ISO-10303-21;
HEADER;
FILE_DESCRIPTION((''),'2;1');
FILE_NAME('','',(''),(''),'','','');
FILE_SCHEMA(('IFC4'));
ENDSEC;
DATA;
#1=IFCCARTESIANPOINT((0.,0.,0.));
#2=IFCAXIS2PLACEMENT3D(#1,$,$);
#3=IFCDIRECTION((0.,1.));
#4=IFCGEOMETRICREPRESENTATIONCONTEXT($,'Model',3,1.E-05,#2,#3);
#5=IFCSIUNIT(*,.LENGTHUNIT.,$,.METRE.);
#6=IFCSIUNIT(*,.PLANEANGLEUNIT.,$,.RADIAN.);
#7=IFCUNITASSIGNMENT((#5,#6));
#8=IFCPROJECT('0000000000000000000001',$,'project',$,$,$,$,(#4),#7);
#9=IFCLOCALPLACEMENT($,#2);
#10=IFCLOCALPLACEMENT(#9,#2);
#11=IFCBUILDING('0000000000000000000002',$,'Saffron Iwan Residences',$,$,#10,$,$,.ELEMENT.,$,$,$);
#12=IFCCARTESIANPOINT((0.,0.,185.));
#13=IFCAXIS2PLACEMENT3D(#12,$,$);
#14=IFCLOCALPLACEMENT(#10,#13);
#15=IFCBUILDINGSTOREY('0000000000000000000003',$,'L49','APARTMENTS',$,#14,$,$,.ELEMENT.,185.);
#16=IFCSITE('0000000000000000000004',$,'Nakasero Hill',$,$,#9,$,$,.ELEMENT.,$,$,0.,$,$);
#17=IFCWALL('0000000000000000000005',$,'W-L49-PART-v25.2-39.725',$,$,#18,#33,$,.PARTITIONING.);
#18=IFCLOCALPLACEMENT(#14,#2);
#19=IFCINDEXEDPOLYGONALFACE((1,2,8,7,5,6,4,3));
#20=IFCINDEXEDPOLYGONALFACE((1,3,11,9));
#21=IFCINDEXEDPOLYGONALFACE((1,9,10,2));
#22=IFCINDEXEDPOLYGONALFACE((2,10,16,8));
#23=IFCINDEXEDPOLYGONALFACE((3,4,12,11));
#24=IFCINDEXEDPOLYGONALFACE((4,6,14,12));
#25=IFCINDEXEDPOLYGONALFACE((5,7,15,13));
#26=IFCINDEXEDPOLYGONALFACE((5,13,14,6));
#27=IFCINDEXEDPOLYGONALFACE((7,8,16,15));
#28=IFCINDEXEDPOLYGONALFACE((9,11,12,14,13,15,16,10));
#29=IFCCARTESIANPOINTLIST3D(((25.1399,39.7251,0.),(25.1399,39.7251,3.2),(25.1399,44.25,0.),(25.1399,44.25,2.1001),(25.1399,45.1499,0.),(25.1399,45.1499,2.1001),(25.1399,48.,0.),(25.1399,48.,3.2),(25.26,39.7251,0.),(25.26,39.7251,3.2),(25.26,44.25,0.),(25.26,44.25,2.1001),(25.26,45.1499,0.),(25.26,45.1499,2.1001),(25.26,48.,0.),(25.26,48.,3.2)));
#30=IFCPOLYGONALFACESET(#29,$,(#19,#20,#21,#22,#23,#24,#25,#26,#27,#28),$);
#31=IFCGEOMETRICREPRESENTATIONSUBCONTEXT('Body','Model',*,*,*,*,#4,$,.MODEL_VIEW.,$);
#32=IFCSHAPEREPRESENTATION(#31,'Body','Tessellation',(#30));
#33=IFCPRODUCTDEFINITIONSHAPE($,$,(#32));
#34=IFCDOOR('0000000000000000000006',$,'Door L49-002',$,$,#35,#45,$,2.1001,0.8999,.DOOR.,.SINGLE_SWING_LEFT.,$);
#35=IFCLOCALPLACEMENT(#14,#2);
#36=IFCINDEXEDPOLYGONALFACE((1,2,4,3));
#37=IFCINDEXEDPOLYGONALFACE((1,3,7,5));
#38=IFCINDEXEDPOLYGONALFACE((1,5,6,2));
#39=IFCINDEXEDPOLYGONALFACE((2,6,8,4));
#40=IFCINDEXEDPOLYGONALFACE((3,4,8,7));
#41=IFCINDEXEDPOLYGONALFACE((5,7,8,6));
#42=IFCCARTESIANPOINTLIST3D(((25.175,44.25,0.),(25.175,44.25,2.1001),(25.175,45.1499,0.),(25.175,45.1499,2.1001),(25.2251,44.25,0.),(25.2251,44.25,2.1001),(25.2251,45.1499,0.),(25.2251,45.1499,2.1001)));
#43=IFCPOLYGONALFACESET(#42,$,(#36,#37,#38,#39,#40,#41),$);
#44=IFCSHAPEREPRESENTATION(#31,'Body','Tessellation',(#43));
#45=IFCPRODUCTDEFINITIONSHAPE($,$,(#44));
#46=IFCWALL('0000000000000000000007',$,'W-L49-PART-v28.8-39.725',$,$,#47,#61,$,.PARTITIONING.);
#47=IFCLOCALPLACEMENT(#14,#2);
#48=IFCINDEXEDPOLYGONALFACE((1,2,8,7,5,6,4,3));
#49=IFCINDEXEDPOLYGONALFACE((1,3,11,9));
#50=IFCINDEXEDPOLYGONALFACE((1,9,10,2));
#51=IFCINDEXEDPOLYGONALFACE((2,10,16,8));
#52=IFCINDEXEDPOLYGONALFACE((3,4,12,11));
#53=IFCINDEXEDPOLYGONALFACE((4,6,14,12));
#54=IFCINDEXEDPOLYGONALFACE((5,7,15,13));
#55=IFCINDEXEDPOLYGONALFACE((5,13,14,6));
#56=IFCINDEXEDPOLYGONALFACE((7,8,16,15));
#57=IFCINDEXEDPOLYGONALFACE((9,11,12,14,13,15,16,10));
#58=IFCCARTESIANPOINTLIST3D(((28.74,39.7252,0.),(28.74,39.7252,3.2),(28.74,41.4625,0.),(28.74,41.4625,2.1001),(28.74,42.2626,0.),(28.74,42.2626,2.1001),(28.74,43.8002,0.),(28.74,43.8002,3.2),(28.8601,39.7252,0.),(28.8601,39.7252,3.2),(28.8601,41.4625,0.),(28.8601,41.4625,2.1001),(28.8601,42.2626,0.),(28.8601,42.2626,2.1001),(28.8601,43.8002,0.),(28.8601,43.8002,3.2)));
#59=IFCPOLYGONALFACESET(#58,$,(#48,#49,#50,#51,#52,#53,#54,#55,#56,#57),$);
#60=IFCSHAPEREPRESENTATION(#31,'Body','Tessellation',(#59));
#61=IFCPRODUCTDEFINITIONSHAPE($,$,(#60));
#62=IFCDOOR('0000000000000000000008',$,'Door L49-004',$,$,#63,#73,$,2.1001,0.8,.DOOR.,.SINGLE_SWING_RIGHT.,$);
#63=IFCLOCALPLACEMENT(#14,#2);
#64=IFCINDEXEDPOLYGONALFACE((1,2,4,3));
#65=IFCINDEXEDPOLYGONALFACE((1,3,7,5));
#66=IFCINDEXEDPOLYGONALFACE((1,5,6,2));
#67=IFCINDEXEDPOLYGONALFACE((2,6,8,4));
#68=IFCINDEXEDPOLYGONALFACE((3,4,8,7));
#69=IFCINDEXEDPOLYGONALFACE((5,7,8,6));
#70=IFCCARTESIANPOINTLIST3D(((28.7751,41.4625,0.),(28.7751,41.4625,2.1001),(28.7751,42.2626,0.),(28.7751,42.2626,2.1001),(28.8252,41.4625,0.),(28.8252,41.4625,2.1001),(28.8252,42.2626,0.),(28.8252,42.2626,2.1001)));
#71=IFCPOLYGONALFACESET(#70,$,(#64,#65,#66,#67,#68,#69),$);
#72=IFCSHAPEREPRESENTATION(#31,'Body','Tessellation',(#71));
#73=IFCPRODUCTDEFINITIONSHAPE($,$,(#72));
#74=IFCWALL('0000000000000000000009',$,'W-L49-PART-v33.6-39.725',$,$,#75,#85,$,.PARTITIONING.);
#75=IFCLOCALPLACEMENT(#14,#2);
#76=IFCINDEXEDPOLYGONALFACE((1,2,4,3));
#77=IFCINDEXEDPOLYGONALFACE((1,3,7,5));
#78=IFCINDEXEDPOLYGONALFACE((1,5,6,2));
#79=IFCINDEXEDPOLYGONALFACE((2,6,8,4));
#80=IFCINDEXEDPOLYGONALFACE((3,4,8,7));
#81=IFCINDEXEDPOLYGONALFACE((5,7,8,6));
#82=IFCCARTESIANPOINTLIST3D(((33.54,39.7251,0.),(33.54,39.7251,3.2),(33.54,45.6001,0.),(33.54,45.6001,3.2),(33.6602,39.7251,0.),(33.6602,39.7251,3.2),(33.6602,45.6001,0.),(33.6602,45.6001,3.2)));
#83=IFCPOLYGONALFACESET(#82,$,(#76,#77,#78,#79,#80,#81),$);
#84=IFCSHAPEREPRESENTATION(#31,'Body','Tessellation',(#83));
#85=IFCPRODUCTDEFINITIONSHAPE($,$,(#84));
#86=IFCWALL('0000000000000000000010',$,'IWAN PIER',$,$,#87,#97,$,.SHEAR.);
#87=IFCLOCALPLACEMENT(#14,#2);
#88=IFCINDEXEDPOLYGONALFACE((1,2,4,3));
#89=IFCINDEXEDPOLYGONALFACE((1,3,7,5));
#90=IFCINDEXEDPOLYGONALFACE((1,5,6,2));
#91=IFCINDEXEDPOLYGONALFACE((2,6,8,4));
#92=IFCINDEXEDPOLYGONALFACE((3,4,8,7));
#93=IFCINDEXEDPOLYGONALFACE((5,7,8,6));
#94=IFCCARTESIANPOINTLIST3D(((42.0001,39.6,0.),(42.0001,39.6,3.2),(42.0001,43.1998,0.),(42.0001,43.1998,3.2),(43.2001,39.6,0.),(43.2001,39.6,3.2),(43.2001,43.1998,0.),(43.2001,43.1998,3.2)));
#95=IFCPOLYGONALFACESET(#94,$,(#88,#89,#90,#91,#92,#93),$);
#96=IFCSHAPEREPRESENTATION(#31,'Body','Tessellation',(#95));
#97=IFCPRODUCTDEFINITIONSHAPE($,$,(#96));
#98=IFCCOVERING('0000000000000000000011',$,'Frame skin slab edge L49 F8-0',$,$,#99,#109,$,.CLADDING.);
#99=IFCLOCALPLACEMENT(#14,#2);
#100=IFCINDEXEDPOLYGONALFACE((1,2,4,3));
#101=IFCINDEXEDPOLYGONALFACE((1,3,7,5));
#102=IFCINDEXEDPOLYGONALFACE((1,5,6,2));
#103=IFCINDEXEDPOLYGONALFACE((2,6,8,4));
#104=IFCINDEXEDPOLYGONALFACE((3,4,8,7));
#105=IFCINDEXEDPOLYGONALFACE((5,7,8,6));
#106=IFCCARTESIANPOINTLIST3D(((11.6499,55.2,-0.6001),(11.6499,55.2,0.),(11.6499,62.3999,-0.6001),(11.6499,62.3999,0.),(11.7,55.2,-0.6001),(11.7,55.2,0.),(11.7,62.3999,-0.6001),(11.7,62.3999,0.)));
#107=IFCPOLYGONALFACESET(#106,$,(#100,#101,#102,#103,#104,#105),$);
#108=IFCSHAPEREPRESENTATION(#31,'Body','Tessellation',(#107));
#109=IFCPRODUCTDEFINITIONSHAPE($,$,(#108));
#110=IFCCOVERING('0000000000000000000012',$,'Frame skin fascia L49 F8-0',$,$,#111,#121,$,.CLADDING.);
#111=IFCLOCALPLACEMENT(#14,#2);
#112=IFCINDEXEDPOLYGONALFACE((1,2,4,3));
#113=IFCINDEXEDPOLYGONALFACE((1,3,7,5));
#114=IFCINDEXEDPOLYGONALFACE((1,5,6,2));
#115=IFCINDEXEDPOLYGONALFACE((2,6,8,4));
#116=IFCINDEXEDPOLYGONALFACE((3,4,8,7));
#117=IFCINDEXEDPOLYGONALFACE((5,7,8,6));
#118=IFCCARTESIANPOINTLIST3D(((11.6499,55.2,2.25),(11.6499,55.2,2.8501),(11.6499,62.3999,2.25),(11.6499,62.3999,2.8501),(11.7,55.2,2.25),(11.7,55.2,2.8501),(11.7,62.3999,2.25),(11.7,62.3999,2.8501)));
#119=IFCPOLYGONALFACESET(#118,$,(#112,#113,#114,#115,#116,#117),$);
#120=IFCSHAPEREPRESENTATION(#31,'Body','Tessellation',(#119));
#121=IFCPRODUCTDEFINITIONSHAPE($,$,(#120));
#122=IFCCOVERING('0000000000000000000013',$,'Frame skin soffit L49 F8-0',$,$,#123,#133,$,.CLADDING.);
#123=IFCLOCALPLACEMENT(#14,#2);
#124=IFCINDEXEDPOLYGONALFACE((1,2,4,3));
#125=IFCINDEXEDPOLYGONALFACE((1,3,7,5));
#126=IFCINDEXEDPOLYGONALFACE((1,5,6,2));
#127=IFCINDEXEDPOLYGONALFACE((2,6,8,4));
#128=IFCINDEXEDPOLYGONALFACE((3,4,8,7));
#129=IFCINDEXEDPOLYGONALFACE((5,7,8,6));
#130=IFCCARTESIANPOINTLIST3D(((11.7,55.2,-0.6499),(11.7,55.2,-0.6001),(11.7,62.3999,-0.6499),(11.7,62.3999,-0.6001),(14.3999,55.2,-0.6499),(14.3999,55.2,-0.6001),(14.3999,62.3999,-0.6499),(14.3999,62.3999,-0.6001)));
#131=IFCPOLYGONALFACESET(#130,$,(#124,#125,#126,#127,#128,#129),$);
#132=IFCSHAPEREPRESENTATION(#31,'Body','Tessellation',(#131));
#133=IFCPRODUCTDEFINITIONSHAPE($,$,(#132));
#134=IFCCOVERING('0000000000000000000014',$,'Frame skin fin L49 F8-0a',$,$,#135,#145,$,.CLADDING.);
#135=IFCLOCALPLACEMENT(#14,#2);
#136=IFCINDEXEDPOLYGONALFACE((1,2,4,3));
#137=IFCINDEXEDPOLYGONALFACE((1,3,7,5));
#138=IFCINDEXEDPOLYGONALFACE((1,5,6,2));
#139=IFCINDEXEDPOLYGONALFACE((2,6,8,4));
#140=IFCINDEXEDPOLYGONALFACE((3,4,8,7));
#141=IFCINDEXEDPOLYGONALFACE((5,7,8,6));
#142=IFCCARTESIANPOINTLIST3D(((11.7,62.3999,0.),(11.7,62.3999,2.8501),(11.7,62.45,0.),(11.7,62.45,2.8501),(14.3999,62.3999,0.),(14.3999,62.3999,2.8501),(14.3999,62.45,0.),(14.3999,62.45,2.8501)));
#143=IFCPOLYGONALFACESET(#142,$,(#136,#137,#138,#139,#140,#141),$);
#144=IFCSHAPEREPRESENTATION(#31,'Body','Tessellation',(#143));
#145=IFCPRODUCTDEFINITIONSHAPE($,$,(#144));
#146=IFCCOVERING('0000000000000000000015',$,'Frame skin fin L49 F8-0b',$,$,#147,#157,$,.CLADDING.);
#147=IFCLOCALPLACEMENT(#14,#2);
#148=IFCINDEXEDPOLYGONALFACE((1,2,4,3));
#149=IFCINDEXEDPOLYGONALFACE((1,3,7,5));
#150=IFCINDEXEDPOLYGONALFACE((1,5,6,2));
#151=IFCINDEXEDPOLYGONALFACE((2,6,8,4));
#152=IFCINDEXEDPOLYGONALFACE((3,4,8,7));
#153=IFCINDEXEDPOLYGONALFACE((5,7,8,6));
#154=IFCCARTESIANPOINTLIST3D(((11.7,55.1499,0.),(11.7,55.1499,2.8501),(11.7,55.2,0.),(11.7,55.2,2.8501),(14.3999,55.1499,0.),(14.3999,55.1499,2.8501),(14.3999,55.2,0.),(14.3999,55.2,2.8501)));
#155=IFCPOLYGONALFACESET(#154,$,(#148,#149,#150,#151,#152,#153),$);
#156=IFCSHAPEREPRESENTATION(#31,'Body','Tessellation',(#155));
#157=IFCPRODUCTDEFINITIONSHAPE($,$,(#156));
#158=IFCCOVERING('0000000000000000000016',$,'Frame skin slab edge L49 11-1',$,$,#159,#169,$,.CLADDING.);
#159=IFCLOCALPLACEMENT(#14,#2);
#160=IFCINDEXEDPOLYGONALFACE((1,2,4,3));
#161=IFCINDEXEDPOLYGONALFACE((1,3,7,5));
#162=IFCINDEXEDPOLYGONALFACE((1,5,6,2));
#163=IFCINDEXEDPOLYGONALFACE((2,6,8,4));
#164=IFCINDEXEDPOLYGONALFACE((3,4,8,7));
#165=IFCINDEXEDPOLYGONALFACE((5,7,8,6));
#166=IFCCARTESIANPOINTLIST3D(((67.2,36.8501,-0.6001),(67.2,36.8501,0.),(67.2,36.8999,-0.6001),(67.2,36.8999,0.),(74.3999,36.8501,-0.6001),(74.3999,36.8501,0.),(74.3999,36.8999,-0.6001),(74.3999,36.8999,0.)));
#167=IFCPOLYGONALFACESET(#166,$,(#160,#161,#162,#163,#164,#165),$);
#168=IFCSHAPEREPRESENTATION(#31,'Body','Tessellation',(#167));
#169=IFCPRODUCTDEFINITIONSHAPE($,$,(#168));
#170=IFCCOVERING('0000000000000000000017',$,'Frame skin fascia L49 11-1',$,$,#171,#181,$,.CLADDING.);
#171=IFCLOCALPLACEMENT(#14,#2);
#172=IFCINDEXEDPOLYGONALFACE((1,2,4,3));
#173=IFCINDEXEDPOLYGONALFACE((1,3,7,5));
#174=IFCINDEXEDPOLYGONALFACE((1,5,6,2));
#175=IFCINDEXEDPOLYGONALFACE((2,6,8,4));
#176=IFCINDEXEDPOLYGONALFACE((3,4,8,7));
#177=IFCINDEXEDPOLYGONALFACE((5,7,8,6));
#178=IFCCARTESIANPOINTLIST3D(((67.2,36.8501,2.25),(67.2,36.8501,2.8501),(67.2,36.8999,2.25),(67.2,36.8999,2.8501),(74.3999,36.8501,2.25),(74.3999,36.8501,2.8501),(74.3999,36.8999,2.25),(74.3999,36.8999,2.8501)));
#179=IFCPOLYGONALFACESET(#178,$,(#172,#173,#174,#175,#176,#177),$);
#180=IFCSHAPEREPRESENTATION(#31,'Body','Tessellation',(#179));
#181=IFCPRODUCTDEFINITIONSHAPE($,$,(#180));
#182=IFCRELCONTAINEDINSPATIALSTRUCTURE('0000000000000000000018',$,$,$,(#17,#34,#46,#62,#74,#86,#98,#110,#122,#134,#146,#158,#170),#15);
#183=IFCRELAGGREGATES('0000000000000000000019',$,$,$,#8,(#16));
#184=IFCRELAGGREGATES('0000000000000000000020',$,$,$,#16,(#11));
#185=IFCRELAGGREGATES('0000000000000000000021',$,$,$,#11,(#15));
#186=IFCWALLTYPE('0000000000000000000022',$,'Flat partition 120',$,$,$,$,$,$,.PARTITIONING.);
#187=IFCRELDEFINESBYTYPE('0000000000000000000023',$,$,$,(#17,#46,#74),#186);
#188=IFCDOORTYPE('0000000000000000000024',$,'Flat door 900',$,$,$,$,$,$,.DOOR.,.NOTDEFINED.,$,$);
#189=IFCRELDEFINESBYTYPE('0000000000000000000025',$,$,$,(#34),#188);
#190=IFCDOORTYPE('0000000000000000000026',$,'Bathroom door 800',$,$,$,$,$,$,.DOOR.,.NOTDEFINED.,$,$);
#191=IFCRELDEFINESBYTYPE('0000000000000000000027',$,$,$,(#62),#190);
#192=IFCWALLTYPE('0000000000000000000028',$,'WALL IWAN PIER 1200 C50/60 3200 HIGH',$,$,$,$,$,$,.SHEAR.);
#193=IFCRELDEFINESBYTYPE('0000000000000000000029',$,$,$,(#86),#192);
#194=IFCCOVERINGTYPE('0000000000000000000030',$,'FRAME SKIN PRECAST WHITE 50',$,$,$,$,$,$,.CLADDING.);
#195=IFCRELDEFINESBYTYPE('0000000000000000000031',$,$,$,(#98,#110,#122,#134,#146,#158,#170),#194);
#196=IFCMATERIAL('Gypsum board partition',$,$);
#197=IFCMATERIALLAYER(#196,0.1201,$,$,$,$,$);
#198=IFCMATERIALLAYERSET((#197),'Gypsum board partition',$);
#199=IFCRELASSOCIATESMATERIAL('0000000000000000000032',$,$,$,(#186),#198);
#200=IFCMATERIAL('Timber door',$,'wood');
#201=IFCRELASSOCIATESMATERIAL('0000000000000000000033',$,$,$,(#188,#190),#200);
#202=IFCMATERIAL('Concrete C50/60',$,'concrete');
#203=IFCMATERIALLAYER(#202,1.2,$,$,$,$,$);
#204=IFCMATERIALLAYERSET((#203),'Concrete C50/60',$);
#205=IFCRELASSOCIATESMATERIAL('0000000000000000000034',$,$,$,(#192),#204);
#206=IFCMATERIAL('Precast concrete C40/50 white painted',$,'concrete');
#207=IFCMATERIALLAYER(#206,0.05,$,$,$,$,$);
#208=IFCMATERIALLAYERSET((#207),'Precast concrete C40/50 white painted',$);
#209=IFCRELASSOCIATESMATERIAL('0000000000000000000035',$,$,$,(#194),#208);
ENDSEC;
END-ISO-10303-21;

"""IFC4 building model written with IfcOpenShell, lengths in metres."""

from ifc_helpers import new_model, si_unit, direction, frame, frame_2d, origin, place, context, subcontext, project, spatial, polyline, rectangle, outline, extrude, material, layer, layer_set, type_object, element, fill, save


model = new_model("IFC4")

# Units and contexts
model_context = context("Model", 3, precision=1e-05, world=origin(), true_north=direction((0.0, 1.0)))
body_context = subcontext(model_context, "Body", "Model", "MODEL_VIEW")
ifc_project = project(units=[si_unit("LENGTHUNIT", "METRE"), si_unit("PLANEANGLEUNIT", "RADIAN")], contexts=[model_context])

# Site, building, storey
site_placement = place(None, origin())
site = spatial("IfcSite", under=ifc_project, at=site_placement, Name="Nakasero Hill", CompositionType="ELEMENT", RefElevation=0.0)
building_placement = place(site_placement, origin())
building = spatial("IfcBuilding", under=site, at=building_placement, Name="Saffron Iwan Residences", CompositionType="ELEMENT")
storey_placement = place(building_placement, frame((0.0, 0.0, 185.0)))
storey = spatial("IfcBuildingStorey", under=building, at=storey_placement, Name="L49", Description="APARTMENTS", CompositionType="ELEMENT", Elevation=185.0)

# Shared definitions
ifc_material_1 = material(Name="Concrete C50/60", Category="concrete")

# Walls, openings, doors
ifc_material_2 = material(Name="Gypsum board partition")
ifc_layer_1 = layer(ifc_material_2, 0.1201)
ifc_layer_set_1 = layer_set([ifc_layer_1], Name="Gypsum board partition")
wall_type_1 = type_object("IfcWallType", Name="Flat partition 120", PredefinedType="PARTITIONING", material=ifc_layer_set_1)
wall_1_placement = place(storey_placement, frame((25.2, 39.7251, 0.0), z_axis=(0.0, 0.0, 1.0), x_axis=(0.0, 1.0, 0.0)))
wall_1 = element("IfcWall", 1, at=wall_1_placement, inside=storey, type_object=wall_type_1, Name="W-L49-PART-v25.2-39.725", PredefinedType="PARTITIONING", context=body_context, shape_type="SweptSolid", body=[
    extrude(rectangle(XDim=8.2749, YDim=0.1201, at=frame_2d((4.1375, 0.0))), origin(), (0.0, 0.0, 1.0), 3.2),
])
opening_1_placement = place(wall_1_placement, frame((4.5249, 0.0, 0.0)))
opening_1 = element("IfcOpeningElement", 2, at=opening_1_placement, cuts=wall_1, PredefinedType="OPENING", context=body_context, shape_type="SweptSolid", body=[
    extrude(rectangle(XDim=0.8999, YDim=2.1001, at=frame_2d((0.45, 1.05))), frame((0.0, 0.0701, 0.0), z_axis=(0.0, -1.0, 0.0), x_axis=(1.0, 0.0, 0.0)), (0.0, 0.0, 1.0), 0.1401),
])
ifc_material_3 = material(Name="Timber door", Category="wood")
door_type_1 = type_object("IfcDoorType", Name="Flat door 900", OperationType="NOTDEFINED", PredefinedType="DOOR", material=ifc_material_3)
door_1_placement = place(opening_1_placement, origin())
door_1 = element("IfcDoor", 3, at=door_1_placement, inside=storey, type_object=door_type_1, Name="Door L49-002", OperationType="SINGLE_SWING_LEFT", OverallHeight=2.1001, OverallWidth=0.8999, PredefinedType="DOOR", context=body_context, shape_type="SweptSolid", body=[
    extrude(rectangle(XDim=0.8999, YDim=2.1001, at=frame_2d((0.45, 1.05))), frame((0.0, 0.0249, 0.0), z_axis=(0.0, -1.0, 0.0), x_axis=(1.0, 0.0, 0.0)), (0.0, 0.0, 1.0), 0.05),
])
fill(opening_1, door_1)
wall_2_placement = place(storey_placement, frame((28.8, 39.7251, 0.0), z_axis=(0.0, 0.0, 1.0), x_axis=(0.0, 1.0, 0.0)))
wall_2 = element("IfcWall", 4, at=wall_2_placement, inside=storey, type_object=wall_type_1, Name="W-L49-PART-v28.8-39.725", PredefinedType="PARTITIONING", context=body_context, shape_type="SweptSolid", body=[
    extrude(rectangle(XDim=4.075, YDim=0.1201, at=frame_2d((2.0376, 0.0))), origin(), (0.0, 0.0, 1.0), 3.2),
])
opening_2_placement = place(wall_2_placement, frame((1.7375, 0.0, 0.0)))
opening_2 = element("IfcOpeningElement", 5, at=opening_2_placement, cuts=wall_2, PredefinedType="OPENING", context=body_context, shape_type="SweptSolid", body=[
    extrude(rectangle(XDim=0.8, YDim=2.1001, at=frame_2d((0.3999, 1.05))), frame((0.0, 0.0701, 0.0), z_axis=(0.0, -1.0, 0.0), x_axis=(1.0, 0.0, 0.0)), (0.0, 0.0, 1.0), 0.1401),
])
door_type_2 = type_object("IfcDoorType", Name="Bathroom door 800", OperationType="NOTDEFINED", PredefinedType="DOOR", material=ifc_material_3)
door_2_placement = place(opening_2_placement, origin())
door_2 = element("IfcDoor", 6, at=door_2_placement, inside=storey, type_object=door_type_2, Name="Door L49-004", OperationType="SINGLE_SWING_RIGHT", OverallHeight=2.1001, OverallWidth=0.8, PredefinedType="DOOR", context=body_context, shape_type="SweptSolid", body=[
    extrude(rectangle(XDim=0.8, YDim=2.1001, at=frame_2d((0.3999, 1.05))), frame((0.0, 0.0249, 0.0), z_axis=(0.0, -1.0, 0.0), x_axis=(1.0, 0.0, 0.0)), (0.0, 0.0, 1.0), 0.05),
])
fill(opening_2, door_2)

# Walls
wall_3_placement = place(storey_placement, frame((33.6001, 39.7251, 0.0), z_axis=(0.0, 0.0, 1.0), x_axis=(0.0, 1.0, 0.0)))
element("IfcWall", 7, at=wall_3_placement, inside=storey, type_object=wall_type_1, Name="W-L49-PART-v33.6-39.725", PredefinedType="PARTITIONING", context=body_context, shape_type="SweptSolid", body=[
    extrude(rectangle(XDim=5.875, YDim=0.1201, at=frame_2d((2.9375, 0.0))), origin(), (0.0, 0.0, 1.0), 3.2),
])
ifc_layer_2 = layer(ifc_material_1, 1.2)
ifc_layer_set_2 = layer_set([ifc_layer_2], Name="Concrete C50/60")
wall_type_2 = type_object("IfcWallType", Name="WALL IWAN PIER 1200 C50/60 3200 HIGH", PredefinedType="SHEAR", material=ifc_layer_set_2)
wall_4_placement = place(storey_placement, frame((42.6001, 39.6001, 0.0), z_axis=(0.0, 0.0, 1.0), x_axis=(0.0, 1.0, 0.0)))
element("IfcWall", 8, at=wall_4_placement, inside=storey, type_object=wall_type_2, Name="IWAN PIER", PredefinedType="SHEAR", context=body_context, shape_type="SweptSolid", body=[
    extrude(rectangle(XDim=3.5999, YDim=1.2, at=frame_2d((1.7998, 0.0))), origin(), (0.0, 0.0, 1.0), 3.2),
])

# Coverings
ifc_material_4 = material(Name="Precast concrete C40/50 white painted", Category="concrete")
ifc_layer_3 = layer(ifc_material_4, 0.05)
ifc_layer_set_3 = layer_set([ifc_layer_3], Name="Precast concrete C40/50 white painted")
covering_type_1 = type_object("IfcCoveringType", Name="FRAME SKIN PRECAST WHITE 50", PredefinedType="CLADDING", material=ifc_layer_set_3)
for number, where, name in (
    (9, (0.0, 0.0, -0.6001), "Frame skin slab edge L49 F8-0"),
    (10, (0.0, 0.0, 2.25), "Frame skin fascia L49 F8-0"),
):
    element("IfcCovering", number, at=place(storey_placement, frame(where)), inside=storey, type_object=covering_type_1, Name=name, PredefinedType="CLADDING", context=body_context, shape_type="SweptSolid", body=[
        extrude(outline(polyline([(11.6499, 62.3999), (11.6499, 55.2), (11.7, 55.2), (11.7, 62.3999), (11.6499, 62.3999)])), origin(), (0.0, 0.0, 1.0), 0.6001),
    ])
covering_1_placement = place(storey_placement, frame((0.0, 0.0, -0.6499)))
element("IfcCovering", 11, at=covering_1_placement, inside=storey, type_object=covering_type_1, Name="Frame skin soffit L49 F8-0", PredefinedType="CLADDING", context=body_context, shape_type="SweptSolid", body=[
    extrude(outline(polyline([(11.7, 62.3999), (11.7, 55.2), (14.3999, 55.2), (14.3999, 62.3999), (11.7, 62.3999)])), origin(), (0.0, 0.0, 1.0), 0.0498),
])
covering_2_placement = place(storey_placement, origin())
element("IfcCovering", 12, at=covering_2_placement, inside=storey, type_object=covering_type_1, Name="Frame skin fin L49 F8-0a", PredefinedType="CLADDING", context=body_context, shape_type="SweptSolid", body=[
    extrude(outline(polyline([(11.7, 62.45), (11.7, 62.3999), (14.3999, 62.3999), (14.3999, 62.45), (11.7, 62.45)])), origin(), (0.0, 0.0, 1.0), 2.8501),
])
covering_3_placement = place(storey_placement, origin())
element("IfcCovering", 13, at=covering_3_placement, inside=storey, type_object=covering_type_1, Name="Frame skin fin L49 F8-0b", PredefinedType="CLADDING", context=body_context, shape_type="SweptSolid", body=[
    extrude(outline(polyline([(11.7, 55.2), (11.7, 55.1499), (14.3999, 55.1499), (14.3999, 55.2), (11.7, 55.2)])), origin(), (0.0, 0.0, 1.0), 2.8501),
])
for number, where, name in (
    (14, (0.0, 0.0, -0.6001), "Frame skin slab edge L49 11-1"),
    (15, (0.0, 0.0, 2.25), "Frame skin fascia L49 11-1"),
):
    element("IfcCovering", number, at=place(storey_placement, frame(where)), inside=storey, type_object=covering_type_1, Name=name, PredefinedType="CLADDING", context=body_context, shape_type="SweptSolid", body=[
        extrude(outline(polyline([(67.2, 36.8501), (74.3999, 36.8501), (74.3999, 36.8999), (67.2, 36.8999), (67.2, 36.8501)])), origin(), (0.0, 0.0, 1.0), 0.6001),
    ])

save(model, "model.ifc")
